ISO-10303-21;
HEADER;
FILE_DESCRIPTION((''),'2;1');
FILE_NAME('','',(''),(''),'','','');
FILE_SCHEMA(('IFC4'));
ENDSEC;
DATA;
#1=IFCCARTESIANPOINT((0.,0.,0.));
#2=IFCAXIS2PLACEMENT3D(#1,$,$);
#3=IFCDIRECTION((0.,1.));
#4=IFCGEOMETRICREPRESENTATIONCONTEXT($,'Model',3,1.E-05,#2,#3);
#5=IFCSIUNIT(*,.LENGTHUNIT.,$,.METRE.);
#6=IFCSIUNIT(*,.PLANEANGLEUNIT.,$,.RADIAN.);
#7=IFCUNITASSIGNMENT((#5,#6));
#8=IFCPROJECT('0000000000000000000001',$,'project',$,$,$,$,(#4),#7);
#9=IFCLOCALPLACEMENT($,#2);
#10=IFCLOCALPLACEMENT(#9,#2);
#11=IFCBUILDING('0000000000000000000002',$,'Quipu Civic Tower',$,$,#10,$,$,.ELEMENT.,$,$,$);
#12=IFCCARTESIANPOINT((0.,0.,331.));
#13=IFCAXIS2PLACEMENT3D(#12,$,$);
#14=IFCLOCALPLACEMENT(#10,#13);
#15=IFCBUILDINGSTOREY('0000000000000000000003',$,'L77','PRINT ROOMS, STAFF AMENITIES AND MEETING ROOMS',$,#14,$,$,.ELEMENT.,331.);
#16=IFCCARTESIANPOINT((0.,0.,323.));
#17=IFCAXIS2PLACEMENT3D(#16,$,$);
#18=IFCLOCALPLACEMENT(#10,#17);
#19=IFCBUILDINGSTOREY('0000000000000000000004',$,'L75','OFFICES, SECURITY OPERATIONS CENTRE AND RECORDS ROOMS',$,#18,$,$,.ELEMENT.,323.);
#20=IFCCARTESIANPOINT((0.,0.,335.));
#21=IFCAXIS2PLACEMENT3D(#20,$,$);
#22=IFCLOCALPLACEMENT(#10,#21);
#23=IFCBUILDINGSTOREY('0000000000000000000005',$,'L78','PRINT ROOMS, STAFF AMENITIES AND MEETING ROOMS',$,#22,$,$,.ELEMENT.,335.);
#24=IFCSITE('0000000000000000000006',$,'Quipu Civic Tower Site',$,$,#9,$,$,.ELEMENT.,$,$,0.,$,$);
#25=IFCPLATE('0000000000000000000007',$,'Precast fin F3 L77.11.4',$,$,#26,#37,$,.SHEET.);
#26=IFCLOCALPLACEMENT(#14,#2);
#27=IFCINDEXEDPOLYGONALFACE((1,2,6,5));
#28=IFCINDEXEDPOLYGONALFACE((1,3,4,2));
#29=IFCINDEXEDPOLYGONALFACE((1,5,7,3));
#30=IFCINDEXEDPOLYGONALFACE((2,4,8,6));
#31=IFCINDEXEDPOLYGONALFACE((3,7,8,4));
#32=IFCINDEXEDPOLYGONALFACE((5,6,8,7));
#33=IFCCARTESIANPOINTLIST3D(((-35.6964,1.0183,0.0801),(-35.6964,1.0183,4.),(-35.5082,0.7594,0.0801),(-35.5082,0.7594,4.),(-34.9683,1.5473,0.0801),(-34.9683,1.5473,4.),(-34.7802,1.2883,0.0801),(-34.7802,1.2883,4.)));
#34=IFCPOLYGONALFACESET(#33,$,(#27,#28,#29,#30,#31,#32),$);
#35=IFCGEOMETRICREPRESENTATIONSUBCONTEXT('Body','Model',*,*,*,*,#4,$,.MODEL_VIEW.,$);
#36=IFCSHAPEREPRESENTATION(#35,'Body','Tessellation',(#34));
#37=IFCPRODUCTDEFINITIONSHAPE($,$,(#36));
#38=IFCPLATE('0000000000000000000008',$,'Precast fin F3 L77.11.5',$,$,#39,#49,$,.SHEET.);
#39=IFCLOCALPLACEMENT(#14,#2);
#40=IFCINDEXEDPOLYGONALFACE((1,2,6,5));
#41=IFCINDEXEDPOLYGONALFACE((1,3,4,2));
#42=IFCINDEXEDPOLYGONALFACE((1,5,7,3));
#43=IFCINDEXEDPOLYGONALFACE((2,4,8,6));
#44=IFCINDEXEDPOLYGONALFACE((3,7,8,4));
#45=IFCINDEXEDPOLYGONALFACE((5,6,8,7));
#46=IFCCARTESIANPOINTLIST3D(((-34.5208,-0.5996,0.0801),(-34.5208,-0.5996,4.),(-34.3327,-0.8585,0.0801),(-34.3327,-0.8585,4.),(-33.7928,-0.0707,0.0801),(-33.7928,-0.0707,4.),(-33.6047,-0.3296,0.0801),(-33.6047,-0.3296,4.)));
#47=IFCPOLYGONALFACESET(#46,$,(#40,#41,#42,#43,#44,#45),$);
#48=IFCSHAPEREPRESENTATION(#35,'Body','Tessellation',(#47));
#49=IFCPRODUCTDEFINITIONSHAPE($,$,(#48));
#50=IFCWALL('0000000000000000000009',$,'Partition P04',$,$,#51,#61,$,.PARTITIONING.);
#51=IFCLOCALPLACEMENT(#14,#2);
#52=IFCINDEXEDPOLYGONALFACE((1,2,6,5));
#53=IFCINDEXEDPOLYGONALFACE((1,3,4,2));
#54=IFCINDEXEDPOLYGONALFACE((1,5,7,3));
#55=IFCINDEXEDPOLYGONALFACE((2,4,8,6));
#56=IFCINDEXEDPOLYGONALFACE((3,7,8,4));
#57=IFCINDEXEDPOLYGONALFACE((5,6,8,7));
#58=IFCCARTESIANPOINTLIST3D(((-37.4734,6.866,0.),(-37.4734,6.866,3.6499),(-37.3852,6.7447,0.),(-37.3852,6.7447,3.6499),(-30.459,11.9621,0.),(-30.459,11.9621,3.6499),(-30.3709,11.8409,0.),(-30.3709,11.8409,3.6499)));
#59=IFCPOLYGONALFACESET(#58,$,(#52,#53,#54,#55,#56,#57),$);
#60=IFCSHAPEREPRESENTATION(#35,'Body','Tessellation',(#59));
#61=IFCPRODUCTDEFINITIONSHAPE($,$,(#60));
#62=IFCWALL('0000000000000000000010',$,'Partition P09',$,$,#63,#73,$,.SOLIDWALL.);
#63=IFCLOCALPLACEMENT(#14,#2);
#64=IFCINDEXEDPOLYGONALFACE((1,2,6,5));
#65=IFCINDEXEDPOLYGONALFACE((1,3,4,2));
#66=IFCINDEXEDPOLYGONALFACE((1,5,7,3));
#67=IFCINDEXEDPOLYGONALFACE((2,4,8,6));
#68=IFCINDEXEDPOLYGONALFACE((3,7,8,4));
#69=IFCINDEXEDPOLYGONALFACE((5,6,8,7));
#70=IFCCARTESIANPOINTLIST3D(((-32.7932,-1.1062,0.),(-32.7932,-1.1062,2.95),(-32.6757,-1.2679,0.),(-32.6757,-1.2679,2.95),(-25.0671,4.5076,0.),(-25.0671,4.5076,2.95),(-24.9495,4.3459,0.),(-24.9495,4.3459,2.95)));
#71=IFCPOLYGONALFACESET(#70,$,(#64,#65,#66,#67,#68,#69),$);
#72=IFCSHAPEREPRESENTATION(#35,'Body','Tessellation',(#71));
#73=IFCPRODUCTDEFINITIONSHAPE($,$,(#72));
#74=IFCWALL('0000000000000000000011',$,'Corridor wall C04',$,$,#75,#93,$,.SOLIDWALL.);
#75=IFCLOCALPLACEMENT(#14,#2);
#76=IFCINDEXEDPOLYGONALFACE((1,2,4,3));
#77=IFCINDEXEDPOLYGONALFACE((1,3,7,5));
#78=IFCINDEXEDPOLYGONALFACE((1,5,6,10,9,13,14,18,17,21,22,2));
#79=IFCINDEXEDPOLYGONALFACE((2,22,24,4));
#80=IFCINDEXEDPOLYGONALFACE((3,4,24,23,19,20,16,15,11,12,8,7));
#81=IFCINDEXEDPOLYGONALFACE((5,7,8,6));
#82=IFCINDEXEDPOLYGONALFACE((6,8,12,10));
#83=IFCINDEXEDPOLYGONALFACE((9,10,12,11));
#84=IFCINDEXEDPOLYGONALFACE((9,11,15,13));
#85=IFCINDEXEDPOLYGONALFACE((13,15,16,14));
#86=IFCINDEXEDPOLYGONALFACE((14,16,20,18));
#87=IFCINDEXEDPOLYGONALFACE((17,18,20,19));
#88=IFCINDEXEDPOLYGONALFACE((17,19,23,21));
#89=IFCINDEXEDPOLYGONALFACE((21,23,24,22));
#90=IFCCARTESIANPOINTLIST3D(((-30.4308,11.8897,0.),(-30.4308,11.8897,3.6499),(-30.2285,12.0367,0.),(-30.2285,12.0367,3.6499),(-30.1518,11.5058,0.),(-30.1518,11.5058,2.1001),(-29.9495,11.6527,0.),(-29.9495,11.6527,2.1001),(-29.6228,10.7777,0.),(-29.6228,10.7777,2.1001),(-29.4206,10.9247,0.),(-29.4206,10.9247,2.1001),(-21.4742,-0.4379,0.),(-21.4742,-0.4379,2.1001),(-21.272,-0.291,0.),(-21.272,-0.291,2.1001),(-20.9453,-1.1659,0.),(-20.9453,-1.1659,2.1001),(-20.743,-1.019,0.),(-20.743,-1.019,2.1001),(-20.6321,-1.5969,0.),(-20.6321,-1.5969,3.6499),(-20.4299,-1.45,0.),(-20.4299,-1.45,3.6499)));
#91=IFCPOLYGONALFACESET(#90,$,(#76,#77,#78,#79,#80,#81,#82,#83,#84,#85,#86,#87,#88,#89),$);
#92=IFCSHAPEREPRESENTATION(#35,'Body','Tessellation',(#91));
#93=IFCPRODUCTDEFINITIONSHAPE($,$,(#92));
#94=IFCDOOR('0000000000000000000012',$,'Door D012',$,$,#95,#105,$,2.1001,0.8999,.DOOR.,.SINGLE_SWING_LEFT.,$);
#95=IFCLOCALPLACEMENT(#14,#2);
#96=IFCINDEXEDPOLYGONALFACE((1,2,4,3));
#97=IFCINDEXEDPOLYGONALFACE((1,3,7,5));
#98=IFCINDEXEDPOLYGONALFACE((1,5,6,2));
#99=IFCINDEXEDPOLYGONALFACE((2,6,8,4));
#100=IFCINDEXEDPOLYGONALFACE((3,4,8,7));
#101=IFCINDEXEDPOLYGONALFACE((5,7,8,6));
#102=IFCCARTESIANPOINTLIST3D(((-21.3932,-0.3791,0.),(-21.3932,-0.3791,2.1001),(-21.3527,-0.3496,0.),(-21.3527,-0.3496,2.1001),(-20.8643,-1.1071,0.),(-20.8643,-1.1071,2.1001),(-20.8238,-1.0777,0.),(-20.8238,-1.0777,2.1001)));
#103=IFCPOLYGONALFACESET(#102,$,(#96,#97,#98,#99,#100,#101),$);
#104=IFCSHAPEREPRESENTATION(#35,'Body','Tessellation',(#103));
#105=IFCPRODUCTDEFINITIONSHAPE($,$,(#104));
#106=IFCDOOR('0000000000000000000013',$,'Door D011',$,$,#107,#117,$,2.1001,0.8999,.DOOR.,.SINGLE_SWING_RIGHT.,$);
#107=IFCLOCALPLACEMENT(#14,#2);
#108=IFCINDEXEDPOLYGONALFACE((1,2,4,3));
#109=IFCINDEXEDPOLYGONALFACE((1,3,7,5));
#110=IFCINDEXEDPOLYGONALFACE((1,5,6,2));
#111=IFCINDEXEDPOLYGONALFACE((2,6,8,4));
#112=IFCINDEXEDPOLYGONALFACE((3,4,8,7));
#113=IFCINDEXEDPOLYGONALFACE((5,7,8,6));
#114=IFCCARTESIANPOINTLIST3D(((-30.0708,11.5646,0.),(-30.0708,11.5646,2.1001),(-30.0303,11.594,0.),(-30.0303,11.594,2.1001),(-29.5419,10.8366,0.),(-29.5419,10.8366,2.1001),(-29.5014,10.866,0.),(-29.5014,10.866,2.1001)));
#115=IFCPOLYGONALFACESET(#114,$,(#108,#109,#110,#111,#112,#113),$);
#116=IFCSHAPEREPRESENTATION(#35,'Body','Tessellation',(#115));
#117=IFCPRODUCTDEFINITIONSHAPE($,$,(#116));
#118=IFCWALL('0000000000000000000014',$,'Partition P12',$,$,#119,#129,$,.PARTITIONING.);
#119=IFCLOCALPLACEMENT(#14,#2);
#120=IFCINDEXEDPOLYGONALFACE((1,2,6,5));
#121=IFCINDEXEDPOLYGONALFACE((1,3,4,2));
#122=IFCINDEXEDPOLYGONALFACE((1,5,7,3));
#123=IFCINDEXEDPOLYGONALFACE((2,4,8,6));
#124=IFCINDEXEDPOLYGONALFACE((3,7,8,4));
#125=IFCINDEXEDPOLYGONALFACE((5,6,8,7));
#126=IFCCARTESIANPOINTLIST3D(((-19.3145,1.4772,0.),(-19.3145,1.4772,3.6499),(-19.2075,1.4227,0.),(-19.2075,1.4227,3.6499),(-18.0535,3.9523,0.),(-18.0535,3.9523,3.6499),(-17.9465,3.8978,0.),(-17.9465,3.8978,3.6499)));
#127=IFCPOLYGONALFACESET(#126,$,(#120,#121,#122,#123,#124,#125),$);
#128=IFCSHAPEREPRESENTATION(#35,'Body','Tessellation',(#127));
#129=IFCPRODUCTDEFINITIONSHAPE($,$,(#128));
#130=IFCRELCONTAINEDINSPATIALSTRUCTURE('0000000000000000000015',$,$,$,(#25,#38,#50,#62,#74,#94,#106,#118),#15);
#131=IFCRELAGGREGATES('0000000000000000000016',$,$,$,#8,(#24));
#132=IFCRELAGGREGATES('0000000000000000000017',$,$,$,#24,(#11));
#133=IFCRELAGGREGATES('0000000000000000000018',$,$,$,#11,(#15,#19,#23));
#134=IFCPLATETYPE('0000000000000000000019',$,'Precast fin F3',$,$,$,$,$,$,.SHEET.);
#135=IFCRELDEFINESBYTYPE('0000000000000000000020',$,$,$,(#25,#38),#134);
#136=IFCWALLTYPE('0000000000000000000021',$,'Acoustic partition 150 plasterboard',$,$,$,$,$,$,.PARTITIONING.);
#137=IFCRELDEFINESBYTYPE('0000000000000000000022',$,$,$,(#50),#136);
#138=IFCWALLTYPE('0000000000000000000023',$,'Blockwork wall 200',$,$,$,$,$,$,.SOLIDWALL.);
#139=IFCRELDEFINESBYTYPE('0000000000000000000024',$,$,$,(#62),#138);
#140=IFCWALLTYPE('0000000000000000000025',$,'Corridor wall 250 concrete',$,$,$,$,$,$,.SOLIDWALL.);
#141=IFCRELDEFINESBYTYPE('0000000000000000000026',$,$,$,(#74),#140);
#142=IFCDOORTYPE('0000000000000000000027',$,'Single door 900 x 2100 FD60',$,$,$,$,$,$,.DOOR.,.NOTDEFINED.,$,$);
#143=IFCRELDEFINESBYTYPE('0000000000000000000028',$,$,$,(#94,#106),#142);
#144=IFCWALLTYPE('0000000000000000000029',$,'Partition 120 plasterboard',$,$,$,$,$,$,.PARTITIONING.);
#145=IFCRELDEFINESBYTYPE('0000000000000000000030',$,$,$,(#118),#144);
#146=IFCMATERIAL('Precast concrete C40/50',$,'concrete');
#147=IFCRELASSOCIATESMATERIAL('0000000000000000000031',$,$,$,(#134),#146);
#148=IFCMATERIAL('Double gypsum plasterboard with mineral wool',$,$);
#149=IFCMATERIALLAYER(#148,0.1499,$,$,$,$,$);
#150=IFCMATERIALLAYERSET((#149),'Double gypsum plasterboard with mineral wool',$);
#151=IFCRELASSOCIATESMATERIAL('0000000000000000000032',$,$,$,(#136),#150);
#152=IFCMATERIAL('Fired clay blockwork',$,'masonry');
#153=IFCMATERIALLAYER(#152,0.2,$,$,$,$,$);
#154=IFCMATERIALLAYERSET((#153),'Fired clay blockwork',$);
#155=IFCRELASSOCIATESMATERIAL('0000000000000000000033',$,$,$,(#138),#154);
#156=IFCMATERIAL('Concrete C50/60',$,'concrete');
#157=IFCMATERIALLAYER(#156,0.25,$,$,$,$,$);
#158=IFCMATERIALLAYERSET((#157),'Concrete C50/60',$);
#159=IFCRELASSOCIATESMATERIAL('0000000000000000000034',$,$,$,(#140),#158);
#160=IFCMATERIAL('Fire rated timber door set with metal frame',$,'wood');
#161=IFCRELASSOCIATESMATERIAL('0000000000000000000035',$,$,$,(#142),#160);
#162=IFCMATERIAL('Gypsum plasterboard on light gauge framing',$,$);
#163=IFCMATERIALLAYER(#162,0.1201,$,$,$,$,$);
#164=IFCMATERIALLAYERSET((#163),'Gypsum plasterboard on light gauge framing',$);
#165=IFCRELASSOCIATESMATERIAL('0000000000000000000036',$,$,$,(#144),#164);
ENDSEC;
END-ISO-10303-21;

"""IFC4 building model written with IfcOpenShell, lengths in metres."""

from ifc_helpers import new_model, si_unit, direction, frame, frame_2d, origin, origin_2d, place, context, subcontext, project, spatial, rectangle, extrude, material, layer, layer_set, type_object, element, fill, save


model = new_model("IFC4")

# Units and contexts
model_context = context("Model", 3, precision=1e-05, world=origin(), true_north=direction((0.0, 1.0)))
body_context = subcontext(model_context, "Body", "Model", "MODEL_VIEW")
ifc_project = project(units=[si_unit("LENGTHUNIT", "METRE"), si_unit("PLANEANGLEUNIT", "RADIAN")], contexts=[model_context])

# Site, building, storey
site_placement = place(None, origin())
site = spatial("IfcSite", under=ifc_project, at=site_placement, Name="Quipu Civic Tower Site", CompositionType="ELEMENT", RefElevation=0.0)
building_placement = place(site_placement, origin())
building = spatial("IfcBuilding", under=site, at=building_placement, Name="Quipu Civic Tower", CompositionType="ELEMENT")
storey_1_placement = place(building_placement, frame((0.0, 0.0, 331.0)))
storey_1 = spatial("IfcBuildingStorey", under=building, at=storey_1_placement, Name="L77", Description="PRINT ROOMS, STAFF AMENITIES AND MEETING ROOMS", CompositionType="ELEMENT", Elevation=331.0)

# Shared definitions
storey_2_placement = place(building_placement, frame((0.0, 0.0, 323.0)))
storey_2 = spatial("IfcBuildingStorey", under=building, at=storey_2_placement, Name="L75", Description="OFFICES, SECURITY OPERATIONS CENTRE AND RECORDS ROOMS", CompositionType="ELEMENT", Elevation=323.0)

# Shared definitions
storey_3_placement = place(building_placement, frame((0.0, 0.0, 335.0)))
storey_3 = spatial("IfcBuildingStorey", under=building, at=storey_3_placement, Name="L78", Description="PRINT ROOMS, STAFF AMENITIES AND MEETING ROOMS", CompositionType="ELEMENT", Elevation=335.0)

# Plates
ifc_material_1 = material(Name="Precast concrete C40/50", Category="concrete")
plate_type_1 = type_object("IfcPlateType", Name="Precast fin F3", PredefinedType="SHEET", material=ifc_material_1)
for number, where, z_axis, x_axis, name in (
    (1, (-35.2383, 1.1533, 0.0801), (0.0, 0.0, 1.0), (0.587787, -0.809016, 0.0), "Precast fin F3 L77.11.4"),
    (2, (-34.0627, -0.4646, 0.0801), (0.0, 0.0, 1.0), (0.587787, -0.809016, 0.0), "Precast fin F3 L77.11.5"),
):
    element("IfcPlate", number, at=place(storey_1_placement, frame(where, z_axis=z_axis, x_axis=x_axis)), inside=storey_1, type_object=plate_type_1, Name=name, PredefinedType="SHEET", context=body_context, shape_type="SweptSolid", body=[
        extrude(rectangle(XDim=0.3201, YDim=0.8999, at=origin_2d()), origin(), (0.0, 0.0, 1.0), 3.9199),
    ])

# Walls
ifc_material_2 = material(Name="Double gypsum plasterboard with mineral wool")
ifc_layer_1 = layer(ifc_material_2, 0.1499)
ifc_layer_set_1 = layer_set([ifc_layer_1], Name="Double gypsum plasterboard with mineral wool")
wall_type_1 = type_object("IfcWallType", Name="Acoustic partition 150 plasterboard", PredefinedType="PARTITIONING", material=ifc_layer_set_1)
wall_1_placement = place(storey_1_placement, frame((-37.4292, 6.8054, 0.0), z_axis=(0.0, 0.0, 1.0), x_axis=(0.809021, 0.58778, 0.0)))
element("IfcWall", 3, at=wall_1_placement, inside=storey_1, type_object=wall_type_1, Name="Partition P04", PredefinedType="PARTITIONING", context=body_context, shape_type="SweptSolid", body=[
    extrude(rectangle(XDim=8.6702, YDim=0.1499, at=frame_2d((4.335, 0.0))), origin(), (0.0, 0.0, 1.0), 3.6499),
])
ifc_material_3 = material(Name="Fired clay blockwork", Category="masonry")
ifc_layer_2 = layer(ifc_material_3, 0.2)
ifc_layer_set_2 = layer_set([ifc_layer_2], Name="Fired clay blockwork")
wall_type_2 = type_object("IfcWallType", Name="Blockwork wall 200", PredefinedType="SOLIDWALL", material=ifc_layer_set_2)
wall_2_placement = place(storey_1_placement, frame((-25.0083, 4.4268, 0.0), z_axis=(0.0, 0.0, 1.0), x_axis=(-0.808995, -0.587816, 0.0)))
element("IfcWall", 4, at=wall_2_placement, inside=storey_1, type_object=wall_type_2, Name="Partition P09", PredefinedType="SOLIDWALL", context=body_context, shape_type="SweptSolid", body=[
    extrude(rectangle(XDim=9.5503, YDim=0.2, at=frame_2d((4.7751, 0.0))), origin(), (0.0, 0.0, 1.0), 2.95),
])

# Wall, openings, doors
ifc_material_4 = material(Name="Concrete C50/60", Category="concrete")
ifc_layer_3 = layer(ifc_material_4, 0.25)
ifc_layer_set_3 = layer_set([ifc_layer_3], Name="Concrete C50/60")
wall_type_3 = type_object("IfcWallType", Name="Corridor wall 250 concrete", PredefinedType="SOLIDWALL", material=ifc_layer_set_3)
wall_3_placement = place(storey_1_placement, frame((-20.531, -1.5234, 0.0), z_axis=(0.0, 0.0, 1.0), x_axis=(-0.587786, 0.809017, 0.0)))
wall_3 = element("IfcWall", 5, at=wall_3_placement, inside=storey_1, type_object=wall_type_3, Name="Corridor wall C04", PredefinedType="SOLIDWALL", context=body_context, shape_type="SweptSolid", body=[
    extrude(rectangle(XDim=16.6704, YDim=0.25, at=frame_2d((8.3352, 0.0))), origin(), (0.0, 0.0, 1.0), 3.6499),
])
opening_1_placement = place(wall_3_placement, frame((0.5327, 0.0, 0.0)))
opening_1 = element("IfcOpeningElement", 6, at=opening_1_placement, cuts=wall_3, PredefinedType="OPENING", context=body_context, shape_type="SweptSolid", body=[
    extrude(rectangle(XDim=0.8999, YDim=2.1001, at=frame_2d((0.45, 1.05))), frame((0.0, 0.135, 0.0), z_axis=(0.0, -1.0, 0.0), x_axis=(1.0, 0.0, 0.0)), (0.0, 0.0, 1.0), 0.27),
])
opening_2_placement = place(wall_3_placement, frame((15.2959, 0.0, 0.0)))
opening_2 = element("IfcOpeningElement", 7, at=opening_2_placement, cuts=wall_3, PredefinedType="OPENING", context=body_context, shape_type="SweptSolid", body=[
    extrude(rectangle(XDim=0.8999, YDim=2.1001, at=frame_2d((0.45, 1.05))), frame((0.0, 0.135, 0.0), z_axis=(0.0, -1.0, 0.0), x_axis=(1.0, 0.0, 0.0)), (0.0, 0.0, 1.0), 0.27),
])
ifc_material_5 = material(Name="Fire rated timber door set with metal frame", Category="wood")
door_type = type_object("IfcDoorType", Name="Single door 900 x 2100 FD60", OperationType="NOTDEFINED", PredefinedType="DOOR", material=ifc_material_5)
door_1_placement = place(opening_1_placement, origin())
door_1 = element("IfcDoor", 8, at=door_1_placement, inside=storey_1, type_object=door_type, Name="Door D012", OperationType="SINGLE_SWING_LEFT", OverallHeight=2.1001, OverallWidth=0.8999, PredefinedType="DOOR", context=body_context, shape_type="SweptSolid", body=[
    extrude(rectangle(XDim=0.8999, YDim=2.1001, at=frame_2d((0.45, 1.05))), frame((0.0, 0.0249, 0.0), z_axis=(0.0, -1.0, 0.0), x_axis=(1.0, 0.0, 0.0)), (0.0, 0.0, 1.0), 0.05),
])
fill(opening_1, door_1)
door_2_placement = place(opening_2_placement, origin())
door_2 = element("IfcDoor", 9, at=door_2_placement, inside=storey_1, type_object=door_type, Name="Door D011", OperationType="SINGLE_SWING_RIGHT", OverallHeight=2.1001, OverallWidth=0.8999, PredefinedType="DOOR", context=body_context, shape_type="SweptSolid", body=[
    extrude(rectangle(XDim=0.8999, YDim=2.1001, at=frame_2d((0.45, 1.05))), frame((0.0, 0.0249, 0.0), z_axis=(0.0, -1.0, 0.0), x_axis=(1.0, 0.0, 0.0)), (0.0, 0.0, 1.0), 0.05),
])
fill(opening_2, door_2)

# Wall
ifc_material_6 = material(Name="Gypsum plasterboard on light gauge framing")
ifc_layer_4 = layer(ifc_material_6, 0.1201)
ifc_layer_set_4 = layer_set([ifc_layer_4], Name="Gypsum plasterboard on light gauge framing")
wall_type_4 = type_object("IfcWallType", Name="Partition 120 plasterboard", PredefinedType="PARTITIONING", material=ifc_layer_set_4)
wall_4_placement = place(storey_1_placement, frame((-19.261, 1.45, 0.0), z_axis=(0.0, 0.0, 1.0), x_axis=(0.453951, 0.891027, 0.0)))
element("IfcWall", 10, at=wall_4_placement, inside=storey_1, type_object=wall_type_4, Name="Partition P12", PredefinedType="PARTITIONING", context=body_context, shape_type="SweptSolid", body=[
    extrude(rectangle(XDim=2.7778, YDim=0.1201, at=frame_2d((1.3889, 0.0))), origin(), (0.0, 0.0, 1.0), 3.6499),
])

save(model, "model.ifc")
